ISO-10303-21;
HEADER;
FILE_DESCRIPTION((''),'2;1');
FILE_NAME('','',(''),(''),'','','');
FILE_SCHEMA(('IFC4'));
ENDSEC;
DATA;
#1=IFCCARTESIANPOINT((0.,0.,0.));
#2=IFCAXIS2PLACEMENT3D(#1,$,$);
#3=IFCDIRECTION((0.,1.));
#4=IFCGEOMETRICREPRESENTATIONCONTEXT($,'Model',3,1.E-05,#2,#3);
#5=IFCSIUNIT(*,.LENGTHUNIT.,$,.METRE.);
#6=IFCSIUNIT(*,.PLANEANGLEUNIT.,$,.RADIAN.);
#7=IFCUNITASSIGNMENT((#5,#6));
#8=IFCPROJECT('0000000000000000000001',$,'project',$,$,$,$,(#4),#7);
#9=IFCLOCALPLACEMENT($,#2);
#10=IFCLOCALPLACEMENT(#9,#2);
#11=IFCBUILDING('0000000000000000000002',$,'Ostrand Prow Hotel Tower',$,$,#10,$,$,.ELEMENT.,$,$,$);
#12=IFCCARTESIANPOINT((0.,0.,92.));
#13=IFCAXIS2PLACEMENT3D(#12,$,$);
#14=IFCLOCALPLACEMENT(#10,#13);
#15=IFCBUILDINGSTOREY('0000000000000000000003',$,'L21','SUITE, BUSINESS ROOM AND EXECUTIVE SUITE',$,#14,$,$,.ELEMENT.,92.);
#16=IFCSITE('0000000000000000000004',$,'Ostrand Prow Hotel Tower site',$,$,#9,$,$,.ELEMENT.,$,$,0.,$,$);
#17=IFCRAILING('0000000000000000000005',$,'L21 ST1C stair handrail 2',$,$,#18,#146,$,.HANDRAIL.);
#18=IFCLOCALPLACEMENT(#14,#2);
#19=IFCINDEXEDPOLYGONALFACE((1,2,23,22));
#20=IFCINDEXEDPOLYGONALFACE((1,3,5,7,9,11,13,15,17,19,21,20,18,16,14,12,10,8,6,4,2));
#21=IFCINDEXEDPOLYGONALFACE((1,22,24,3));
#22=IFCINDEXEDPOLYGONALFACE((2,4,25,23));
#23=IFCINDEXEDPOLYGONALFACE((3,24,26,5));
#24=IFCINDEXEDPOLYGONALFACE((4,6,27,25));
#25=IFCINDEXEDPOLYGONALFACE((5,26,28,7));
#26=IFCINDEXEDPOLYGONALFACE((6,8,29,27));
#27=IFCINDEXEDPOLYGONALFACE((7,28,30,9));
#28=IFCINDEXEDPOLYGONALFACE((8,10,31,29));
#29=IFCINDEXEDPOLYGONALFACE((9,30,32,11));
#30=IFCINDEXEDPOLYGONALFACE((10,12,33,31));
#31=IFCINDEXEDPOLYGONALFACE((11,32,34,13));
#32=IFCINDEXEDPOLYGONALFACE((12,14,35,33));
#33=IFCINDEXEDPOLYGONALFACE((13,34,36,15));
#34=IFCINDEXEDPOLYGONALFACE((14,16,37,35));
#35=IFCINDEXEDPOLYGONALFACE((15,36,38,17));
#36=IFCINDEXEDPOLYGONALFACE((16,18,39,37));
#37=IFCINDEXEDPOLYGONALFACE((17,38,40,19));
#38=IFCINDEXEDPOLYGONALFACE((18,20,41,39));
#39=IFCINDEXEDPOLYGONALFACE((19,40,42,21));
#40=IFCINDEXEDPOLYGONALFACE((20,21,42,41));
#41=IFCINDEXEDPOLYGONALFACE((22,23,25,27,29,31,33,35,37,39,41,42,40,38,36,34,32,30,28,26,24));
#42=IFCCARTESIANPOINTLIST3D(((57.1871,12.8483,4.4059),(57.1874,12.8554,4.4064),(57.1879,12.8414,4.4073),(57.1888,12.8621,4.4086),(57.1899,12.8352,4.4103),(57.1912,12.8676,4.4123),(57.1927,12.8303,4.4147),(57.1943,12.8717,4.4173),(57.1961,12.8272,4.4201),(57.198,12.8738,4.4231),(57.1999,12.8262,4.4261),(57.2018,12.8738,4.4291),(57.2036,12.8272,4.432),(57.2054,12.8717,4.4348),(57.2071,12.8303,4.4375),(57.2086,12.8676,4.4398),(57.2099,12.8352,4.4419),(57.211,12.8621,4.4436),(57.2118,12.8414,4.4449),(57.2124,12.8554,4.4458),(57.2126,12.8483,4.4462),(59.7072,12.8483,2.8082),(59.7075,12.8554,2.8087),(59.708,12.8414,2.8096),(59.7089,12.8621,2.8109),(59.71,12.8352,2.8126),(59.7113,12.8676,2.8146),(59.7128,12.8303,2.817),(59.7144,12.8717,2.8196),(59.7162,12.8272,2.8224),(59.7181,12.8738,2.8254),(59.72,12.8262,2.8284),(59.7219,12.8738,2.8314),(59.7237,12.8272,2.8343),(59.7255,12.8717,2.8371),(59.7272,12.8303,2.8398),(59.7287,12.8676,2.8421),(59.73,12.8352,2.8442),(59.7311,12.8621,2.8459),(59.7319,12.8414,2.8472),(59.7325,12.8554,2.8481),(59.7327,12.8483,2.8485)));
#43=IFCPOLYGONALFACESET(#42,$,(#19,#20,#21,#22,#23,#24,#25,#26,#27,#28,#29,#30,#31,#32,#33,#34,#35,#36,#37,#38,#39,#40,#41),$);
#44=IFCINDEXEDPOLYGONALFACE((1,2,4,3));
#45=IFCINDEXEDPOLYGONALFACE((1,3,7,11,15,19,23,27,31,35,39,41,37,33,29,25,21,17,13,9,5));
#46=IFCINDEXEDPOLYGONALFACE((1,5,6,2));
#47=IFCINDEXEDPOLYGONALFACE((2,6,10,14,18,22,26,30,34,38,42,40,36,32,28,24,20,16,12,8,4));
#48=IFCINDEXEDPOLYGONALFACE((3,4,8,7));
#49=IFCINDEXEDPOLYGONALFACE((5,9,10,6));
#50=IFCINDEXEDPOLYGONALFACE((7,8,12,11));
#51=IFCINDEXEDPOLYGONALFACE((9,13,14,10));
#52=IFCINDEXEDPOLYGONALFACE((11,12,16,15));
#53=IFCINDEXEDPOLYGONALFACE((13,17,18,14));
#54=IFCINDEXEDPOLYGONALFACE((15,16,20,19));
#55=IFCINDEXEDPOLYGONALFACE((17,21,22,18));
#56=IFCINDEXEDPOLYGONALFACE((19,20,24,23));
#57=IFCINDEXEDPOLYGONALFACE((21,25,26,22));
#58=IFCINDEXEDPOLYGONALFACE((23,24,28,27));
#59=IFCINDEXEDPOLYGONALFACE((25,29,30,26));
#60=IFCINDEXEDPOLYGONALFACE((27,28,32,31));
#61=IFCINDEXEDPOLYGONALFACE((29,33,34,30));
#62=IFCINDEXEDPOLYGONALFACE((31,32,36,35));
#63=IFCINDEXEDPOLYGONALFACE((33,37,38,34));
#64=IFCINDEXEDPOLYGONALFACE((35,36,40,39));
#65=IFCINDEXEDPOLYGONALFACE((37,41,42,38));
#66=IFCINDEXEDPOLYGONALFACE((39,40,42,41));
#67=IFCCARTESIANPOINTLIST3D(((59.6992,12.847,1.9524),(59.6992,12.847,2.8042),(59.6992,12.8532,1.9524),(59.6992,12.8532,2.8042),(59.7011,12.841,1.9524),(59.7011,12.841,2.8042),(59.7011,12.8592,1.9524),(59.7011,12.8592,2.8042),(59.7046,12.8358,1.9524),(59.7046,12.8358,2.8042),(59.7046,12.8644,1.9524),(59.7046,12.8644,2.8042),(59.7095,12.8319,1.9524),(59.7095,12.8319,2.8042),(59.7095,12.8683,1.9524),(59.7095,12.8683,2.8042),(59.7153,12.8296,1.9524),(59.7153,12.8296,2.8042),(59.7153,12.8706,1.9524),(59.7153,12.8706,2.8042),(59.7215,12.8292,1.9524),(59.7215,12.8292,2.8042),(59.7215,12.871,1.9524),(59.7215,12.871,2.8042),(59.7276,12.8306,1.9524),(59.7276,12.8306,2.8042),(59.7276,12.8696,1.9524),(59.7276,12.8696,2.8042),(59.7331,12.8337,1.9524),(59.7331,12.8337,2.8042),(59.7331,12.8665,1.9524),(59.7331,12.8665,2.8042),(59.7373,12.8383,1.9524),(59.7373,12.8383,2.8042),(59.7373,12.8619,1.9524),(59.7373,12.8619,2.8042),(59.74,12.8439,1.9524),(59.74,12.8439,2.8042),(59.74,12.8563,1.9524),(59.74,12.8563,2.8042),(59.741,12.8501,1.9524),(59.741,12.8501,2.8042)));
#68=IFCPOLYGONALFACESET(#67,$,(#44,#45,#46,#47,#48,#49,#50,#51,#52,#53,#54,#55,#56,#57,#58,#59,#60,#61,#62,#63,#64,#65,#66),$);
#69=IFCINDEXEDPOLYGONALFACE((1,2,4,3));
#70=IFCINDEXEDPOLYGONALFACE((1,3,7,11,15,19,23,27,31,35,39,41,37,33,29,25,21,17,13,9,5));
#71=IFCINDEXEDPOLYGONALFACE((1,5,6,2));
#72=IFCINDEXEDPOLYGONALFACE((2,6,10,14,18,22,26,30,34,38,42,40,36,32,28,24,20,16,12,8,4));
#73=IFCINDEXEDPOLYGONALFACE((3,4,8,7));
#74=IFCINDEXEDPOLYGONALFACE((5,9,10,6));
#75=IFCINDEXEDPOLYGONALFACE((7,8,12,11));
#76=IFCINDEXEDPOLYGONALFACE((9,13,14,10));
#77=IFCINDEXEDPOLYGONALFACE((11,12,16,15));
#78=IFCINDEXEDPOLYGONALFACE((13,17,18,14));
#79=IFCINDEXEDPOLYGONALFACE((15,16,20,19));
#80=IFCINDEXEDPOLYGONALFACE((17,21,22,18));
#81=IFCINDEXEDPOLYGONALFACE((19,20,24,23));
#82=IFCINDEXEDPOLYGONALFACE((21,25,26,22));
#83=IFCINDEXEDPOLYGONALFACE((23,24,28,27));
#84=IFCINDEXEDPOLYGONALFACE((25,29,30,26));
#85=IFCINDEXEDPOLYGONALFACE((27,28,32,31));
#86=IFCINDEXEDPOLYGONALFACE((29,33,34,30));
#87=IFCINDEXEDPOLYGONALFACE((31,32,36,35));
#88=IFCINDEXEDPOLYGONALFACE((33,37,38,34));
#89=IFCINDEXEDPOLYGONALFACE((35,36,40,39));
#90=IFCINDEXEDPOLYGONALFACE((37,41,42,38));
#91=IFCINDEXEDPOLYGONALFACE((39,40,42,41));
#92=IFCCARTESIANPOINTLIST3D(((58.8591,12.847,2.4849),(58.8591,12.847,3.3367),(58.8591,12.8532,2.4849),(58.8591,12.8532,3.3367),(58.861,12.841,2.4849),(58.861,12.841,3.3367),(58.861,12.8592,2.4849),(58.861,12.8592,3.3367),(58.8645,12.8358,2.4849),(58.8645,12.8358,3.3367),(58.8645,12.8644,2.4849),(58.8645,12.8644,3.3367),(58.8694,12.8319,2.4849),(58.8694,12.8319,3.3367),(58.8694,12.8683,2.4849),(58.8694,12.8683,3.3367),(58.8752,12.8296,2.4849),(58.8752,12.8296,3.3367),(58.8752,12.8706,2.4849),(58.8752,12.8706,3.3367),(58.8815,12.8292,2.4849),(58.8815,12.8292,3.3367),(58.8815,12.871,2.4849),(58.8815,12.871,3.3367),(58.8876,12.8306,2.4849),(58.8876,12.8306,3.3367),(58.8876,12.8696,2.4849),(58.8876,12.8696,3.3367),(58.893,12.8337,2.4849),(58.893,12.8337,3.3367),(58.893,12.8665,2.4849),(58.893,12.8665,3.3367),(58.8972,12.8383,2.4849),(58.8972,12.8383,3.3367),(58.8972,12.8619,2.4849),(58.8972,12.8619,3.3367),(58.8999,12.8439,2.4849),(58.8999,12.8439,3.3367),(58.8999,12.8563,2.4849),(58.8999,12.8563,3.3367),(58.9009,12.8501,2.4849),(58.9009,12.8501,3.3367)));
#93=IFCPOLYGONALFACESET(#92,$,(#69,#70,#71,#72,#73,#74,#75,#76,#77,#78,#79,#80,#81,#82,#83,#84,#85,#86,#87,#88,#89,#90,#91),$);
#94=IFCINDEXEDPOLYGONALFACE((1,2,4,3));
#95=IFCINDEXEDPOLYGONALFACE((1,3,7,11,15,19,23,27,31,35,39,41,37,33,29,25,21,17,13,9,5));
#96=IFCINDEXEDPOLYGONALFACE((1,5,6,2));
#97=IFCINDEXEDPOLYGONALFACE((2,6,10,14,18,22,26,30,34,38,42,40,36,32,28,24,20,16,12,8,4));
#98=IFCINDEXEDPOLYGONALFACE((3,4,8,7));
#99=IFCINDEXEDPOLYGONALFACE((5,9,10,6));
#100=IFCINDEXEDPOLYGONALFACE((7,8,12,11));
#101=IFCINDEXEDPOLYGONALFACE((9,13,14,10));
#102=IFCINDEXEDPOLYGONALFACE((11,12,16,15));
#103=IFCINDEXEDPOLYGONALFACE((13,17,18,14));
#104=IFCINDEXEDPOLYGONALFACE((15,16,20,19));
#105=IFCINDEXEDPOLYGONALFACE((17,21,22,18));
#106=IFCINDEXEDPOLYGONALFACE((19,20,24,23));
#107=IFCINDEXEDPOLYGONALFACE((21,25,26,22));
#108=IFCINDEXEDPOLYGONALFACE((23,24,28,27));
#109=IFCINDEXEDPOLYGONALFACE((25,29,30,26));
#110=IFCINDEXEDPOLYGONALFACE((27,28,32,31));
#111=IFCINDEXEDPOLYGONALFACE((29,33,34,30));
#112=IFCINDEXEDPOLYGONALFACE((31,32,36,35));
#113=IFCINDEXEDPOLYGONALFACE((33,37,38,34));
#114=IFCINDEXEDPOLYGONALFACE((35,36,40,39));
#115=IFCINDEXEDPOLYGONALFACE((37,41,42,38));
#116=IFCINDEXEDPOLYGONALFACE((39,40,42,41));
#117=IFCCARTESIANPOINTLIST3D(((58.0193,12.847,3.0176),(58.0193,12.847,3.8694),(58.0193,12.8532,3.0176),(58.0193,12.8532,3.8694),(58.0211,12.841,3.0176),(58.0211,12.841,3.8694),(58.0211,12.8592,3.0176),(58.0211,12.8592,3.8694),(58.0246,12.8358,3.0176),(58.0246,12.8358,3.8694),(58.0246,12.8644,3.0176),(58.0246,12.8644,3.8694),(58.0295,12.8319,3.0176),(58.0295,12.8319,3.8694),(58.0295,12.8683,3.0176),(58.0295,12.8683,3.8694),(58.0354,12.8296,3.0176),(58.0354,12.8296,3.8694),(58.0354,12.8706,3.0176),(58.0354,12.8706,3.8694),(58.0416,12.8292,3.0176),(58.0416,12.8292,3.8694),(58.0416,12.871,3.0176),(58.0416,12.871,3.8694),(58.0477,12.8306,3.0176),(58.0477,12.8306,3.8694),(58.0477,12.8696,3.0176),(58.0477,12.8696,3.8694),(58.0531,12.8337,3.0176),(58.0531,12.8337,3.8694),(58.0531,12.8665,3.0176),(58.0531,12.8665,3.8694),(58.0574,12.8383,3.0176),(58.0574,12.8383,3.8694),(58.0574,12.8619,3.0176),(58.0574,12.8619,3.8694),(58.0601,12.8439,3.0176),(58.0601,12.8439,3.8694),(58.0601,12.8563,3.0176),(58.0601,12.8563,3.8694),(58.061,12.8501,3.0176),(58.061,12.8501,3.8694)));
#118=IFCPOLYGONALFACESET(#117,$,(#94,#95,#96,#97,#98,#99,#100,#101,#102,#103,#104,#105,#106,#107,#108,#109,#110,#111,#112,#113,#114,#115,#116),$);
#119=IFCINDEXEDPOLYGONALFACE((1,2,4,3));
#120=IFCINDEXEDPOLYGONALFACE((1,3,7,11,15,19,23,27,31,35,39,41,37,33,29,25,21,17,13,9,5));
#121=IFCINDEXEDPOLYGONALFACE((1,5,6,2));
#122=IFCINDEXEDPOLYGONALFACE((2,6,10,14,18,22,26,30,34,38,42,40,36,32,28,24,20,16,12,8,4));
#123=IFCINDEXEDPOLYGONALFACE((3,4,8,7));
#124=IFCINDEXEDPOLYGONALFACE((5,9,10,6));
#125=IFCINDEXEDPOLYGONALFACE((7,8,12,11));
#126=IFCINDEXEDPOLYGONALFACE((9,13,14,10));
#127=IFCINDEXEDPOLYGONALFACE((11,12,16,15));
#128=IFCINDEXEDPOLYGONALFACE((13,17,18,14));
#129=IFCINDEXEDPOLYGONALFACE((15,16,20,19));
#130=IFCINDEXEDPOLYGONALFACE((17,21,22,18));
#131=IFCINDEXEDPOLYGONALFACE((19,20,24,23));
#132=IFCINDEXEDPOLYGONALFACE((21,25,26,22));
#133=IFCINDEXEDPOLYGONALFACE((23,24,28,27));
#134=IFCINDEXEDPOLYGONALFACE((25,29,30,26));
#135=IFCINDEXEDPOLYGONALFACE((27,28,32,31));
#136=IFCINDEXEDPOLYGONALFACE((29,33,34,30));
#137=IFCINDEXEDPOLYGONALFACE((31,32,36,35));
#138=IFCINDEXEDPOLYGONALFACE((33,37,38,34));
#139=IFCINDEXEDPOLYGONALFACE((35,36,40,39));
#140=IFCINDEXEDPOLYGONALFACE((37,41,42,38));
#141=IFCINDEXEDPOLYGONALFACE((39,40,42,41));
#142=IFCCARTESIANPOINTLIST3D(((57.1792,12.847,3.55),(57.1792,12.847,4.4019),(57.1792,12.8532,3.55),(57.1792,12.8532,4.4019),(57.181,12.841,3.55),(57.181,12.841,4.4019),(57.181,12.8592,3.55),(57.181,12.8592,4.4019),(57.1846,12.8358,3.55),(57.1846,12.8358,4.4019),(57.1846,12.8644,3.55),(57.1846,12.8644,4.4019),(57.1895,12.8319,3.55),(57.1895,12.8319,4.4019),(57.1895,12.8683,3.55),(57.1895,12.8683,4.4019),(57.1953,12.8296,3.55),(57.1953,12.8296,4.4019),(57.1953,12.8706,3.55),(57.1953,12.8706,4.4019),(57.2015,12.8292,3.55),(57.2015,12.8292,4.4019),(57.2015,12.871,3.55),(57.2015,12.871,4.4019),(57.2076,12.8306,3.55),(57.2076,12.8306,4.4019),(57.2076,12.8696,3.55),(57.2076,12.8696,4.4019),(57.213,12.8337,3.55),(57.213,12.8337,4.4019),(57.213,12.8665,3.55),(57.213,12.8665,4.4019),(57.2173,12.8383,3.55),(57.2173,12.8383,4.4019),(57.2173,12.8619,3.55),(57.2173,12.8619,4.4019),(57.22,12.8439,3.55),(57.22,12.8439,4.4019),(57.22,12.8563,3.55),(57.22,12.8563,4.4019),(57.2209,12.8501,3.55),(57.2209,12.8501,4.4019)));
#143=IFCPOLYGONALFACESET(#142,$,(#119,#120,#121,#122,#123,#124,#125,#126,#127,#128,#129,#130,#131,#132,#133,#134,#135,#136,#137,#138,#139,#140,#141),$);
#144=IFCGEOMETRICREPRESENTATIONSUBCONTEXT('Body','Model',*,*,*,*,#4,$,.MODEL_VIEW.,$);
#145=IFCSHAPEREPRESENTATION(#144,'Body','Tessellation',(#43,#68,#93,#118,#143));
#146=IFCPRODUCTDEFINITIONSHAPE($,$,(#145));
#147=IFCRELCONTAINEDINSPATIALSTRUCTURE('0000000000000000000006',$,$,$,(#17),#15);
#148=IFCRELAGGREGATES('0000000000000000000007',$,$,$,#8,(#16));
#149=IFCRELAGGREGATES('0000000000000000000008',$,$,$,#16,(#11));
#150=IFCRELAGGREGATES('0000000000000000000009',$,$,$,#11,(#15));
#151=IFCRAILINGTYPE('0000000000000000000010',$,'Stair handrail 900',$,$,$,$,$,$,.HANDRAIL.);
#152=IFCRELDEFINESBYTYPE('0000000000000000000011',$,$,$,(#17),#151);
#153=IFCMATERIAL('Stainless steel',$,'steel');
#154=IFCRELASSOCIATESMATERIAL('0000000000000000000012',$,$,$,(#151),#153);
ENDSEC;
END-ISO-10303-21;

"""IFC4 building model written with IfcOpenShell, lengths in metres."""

from ifc_helpers import new_model, si_unit, direction, frame, origin, origin_2d, place, context, subcontext, project, spatial, circle, extrude, material, type_object, element, save


model = new_model("IFC4")

# Units and contexts
model_context = context("Model", 3, precision=1e-05, world=origin(), true_north=direction((0.0, 1.0)))
body_context = subcontext(model_context, "Body", "Model", "MODEL_VIEW")
ifc_project = project(units=[si_unit("LENGTHUNIT", "METRE"), si_unit("PLANEANGLEUNIT", "RADIAN")], contexts=[model_context])

# Site, building, storey
site_placement = place(None, origin())
site = spatial("IfcSite", under=ifc_project, at=site_placement, Name="Ostrand Prow Hotel Tower site", CompositionType="ELEMENT", RefElevation=0.0)
building_placement = place(site_placement, origin())
building = spatial("IfcBuilding", under=site, at=building_placement, Name="Ostrand Prow Hotel Tower", CompositionType="ELEMENT")
storey_placement = place(building_placement, frame((0.0, 0.0, 92.0)))
storey = spatial("IfcBuildingStorey", under=building, at=storey_placement, Name="L21", Description="SUITE, BUSINESS ROOM AND EXECUTIVE SUITE", CompositionType="ELEMENT", Elevation=92.0)

# Railing
ifc_material_1 = material(Name="Stainless steel", Category="steel")
railing_type_1 = type_object("IfcRailingType", Name="Stair handrail 900", PredefinedType="HANDRAIL", material=ifc_material_1)
railing_1_placement = place(storey_placement, frame((59.72, 12.8501, 1.9524)))
element("IfcRailing", 1, at=railing_1_placement, inside=storey, type_object=railing_type_1, Name="L21 ST1C stair handrail 2", PredefinedType="HANDRAIL", context=body_context, shape_type="SweptSolid", body=[
    extrude(circle(Radius=0.0239, at=origin_2d()), frame((0.0, 0.0, 0.876), z_axis=(-0.84457, 0.0, 0.535445), x_axis=(0.0, -1.0, 0.0)), (0.0, 0.0, 1.0), 2.9839),
    extrude(circle(Radius=0.021, at=origin_2d()), origin(), (0.0, 0.0, 1.0), 0.8518),
    extrude(circle(Radius=0.021, at=origin_2d()), frame((-0.8401, 0.0, 0.5325)), (0.0, 0.0, 1.0), 0.8518),
    extrude(circle(Radius=0.021, at=origin_2d()), frame((-1.6799, 0.0, 1.0652)), (0.0, 0.0, 1.0), 0.8518),
    extrude(circle(Radius=0.021, at=origin_2d()), frame((-2.52, 0.0, 1.5977)), (0.0, 0.0, 1.0), 0.8518),
])

save(model, "model.ifc")
